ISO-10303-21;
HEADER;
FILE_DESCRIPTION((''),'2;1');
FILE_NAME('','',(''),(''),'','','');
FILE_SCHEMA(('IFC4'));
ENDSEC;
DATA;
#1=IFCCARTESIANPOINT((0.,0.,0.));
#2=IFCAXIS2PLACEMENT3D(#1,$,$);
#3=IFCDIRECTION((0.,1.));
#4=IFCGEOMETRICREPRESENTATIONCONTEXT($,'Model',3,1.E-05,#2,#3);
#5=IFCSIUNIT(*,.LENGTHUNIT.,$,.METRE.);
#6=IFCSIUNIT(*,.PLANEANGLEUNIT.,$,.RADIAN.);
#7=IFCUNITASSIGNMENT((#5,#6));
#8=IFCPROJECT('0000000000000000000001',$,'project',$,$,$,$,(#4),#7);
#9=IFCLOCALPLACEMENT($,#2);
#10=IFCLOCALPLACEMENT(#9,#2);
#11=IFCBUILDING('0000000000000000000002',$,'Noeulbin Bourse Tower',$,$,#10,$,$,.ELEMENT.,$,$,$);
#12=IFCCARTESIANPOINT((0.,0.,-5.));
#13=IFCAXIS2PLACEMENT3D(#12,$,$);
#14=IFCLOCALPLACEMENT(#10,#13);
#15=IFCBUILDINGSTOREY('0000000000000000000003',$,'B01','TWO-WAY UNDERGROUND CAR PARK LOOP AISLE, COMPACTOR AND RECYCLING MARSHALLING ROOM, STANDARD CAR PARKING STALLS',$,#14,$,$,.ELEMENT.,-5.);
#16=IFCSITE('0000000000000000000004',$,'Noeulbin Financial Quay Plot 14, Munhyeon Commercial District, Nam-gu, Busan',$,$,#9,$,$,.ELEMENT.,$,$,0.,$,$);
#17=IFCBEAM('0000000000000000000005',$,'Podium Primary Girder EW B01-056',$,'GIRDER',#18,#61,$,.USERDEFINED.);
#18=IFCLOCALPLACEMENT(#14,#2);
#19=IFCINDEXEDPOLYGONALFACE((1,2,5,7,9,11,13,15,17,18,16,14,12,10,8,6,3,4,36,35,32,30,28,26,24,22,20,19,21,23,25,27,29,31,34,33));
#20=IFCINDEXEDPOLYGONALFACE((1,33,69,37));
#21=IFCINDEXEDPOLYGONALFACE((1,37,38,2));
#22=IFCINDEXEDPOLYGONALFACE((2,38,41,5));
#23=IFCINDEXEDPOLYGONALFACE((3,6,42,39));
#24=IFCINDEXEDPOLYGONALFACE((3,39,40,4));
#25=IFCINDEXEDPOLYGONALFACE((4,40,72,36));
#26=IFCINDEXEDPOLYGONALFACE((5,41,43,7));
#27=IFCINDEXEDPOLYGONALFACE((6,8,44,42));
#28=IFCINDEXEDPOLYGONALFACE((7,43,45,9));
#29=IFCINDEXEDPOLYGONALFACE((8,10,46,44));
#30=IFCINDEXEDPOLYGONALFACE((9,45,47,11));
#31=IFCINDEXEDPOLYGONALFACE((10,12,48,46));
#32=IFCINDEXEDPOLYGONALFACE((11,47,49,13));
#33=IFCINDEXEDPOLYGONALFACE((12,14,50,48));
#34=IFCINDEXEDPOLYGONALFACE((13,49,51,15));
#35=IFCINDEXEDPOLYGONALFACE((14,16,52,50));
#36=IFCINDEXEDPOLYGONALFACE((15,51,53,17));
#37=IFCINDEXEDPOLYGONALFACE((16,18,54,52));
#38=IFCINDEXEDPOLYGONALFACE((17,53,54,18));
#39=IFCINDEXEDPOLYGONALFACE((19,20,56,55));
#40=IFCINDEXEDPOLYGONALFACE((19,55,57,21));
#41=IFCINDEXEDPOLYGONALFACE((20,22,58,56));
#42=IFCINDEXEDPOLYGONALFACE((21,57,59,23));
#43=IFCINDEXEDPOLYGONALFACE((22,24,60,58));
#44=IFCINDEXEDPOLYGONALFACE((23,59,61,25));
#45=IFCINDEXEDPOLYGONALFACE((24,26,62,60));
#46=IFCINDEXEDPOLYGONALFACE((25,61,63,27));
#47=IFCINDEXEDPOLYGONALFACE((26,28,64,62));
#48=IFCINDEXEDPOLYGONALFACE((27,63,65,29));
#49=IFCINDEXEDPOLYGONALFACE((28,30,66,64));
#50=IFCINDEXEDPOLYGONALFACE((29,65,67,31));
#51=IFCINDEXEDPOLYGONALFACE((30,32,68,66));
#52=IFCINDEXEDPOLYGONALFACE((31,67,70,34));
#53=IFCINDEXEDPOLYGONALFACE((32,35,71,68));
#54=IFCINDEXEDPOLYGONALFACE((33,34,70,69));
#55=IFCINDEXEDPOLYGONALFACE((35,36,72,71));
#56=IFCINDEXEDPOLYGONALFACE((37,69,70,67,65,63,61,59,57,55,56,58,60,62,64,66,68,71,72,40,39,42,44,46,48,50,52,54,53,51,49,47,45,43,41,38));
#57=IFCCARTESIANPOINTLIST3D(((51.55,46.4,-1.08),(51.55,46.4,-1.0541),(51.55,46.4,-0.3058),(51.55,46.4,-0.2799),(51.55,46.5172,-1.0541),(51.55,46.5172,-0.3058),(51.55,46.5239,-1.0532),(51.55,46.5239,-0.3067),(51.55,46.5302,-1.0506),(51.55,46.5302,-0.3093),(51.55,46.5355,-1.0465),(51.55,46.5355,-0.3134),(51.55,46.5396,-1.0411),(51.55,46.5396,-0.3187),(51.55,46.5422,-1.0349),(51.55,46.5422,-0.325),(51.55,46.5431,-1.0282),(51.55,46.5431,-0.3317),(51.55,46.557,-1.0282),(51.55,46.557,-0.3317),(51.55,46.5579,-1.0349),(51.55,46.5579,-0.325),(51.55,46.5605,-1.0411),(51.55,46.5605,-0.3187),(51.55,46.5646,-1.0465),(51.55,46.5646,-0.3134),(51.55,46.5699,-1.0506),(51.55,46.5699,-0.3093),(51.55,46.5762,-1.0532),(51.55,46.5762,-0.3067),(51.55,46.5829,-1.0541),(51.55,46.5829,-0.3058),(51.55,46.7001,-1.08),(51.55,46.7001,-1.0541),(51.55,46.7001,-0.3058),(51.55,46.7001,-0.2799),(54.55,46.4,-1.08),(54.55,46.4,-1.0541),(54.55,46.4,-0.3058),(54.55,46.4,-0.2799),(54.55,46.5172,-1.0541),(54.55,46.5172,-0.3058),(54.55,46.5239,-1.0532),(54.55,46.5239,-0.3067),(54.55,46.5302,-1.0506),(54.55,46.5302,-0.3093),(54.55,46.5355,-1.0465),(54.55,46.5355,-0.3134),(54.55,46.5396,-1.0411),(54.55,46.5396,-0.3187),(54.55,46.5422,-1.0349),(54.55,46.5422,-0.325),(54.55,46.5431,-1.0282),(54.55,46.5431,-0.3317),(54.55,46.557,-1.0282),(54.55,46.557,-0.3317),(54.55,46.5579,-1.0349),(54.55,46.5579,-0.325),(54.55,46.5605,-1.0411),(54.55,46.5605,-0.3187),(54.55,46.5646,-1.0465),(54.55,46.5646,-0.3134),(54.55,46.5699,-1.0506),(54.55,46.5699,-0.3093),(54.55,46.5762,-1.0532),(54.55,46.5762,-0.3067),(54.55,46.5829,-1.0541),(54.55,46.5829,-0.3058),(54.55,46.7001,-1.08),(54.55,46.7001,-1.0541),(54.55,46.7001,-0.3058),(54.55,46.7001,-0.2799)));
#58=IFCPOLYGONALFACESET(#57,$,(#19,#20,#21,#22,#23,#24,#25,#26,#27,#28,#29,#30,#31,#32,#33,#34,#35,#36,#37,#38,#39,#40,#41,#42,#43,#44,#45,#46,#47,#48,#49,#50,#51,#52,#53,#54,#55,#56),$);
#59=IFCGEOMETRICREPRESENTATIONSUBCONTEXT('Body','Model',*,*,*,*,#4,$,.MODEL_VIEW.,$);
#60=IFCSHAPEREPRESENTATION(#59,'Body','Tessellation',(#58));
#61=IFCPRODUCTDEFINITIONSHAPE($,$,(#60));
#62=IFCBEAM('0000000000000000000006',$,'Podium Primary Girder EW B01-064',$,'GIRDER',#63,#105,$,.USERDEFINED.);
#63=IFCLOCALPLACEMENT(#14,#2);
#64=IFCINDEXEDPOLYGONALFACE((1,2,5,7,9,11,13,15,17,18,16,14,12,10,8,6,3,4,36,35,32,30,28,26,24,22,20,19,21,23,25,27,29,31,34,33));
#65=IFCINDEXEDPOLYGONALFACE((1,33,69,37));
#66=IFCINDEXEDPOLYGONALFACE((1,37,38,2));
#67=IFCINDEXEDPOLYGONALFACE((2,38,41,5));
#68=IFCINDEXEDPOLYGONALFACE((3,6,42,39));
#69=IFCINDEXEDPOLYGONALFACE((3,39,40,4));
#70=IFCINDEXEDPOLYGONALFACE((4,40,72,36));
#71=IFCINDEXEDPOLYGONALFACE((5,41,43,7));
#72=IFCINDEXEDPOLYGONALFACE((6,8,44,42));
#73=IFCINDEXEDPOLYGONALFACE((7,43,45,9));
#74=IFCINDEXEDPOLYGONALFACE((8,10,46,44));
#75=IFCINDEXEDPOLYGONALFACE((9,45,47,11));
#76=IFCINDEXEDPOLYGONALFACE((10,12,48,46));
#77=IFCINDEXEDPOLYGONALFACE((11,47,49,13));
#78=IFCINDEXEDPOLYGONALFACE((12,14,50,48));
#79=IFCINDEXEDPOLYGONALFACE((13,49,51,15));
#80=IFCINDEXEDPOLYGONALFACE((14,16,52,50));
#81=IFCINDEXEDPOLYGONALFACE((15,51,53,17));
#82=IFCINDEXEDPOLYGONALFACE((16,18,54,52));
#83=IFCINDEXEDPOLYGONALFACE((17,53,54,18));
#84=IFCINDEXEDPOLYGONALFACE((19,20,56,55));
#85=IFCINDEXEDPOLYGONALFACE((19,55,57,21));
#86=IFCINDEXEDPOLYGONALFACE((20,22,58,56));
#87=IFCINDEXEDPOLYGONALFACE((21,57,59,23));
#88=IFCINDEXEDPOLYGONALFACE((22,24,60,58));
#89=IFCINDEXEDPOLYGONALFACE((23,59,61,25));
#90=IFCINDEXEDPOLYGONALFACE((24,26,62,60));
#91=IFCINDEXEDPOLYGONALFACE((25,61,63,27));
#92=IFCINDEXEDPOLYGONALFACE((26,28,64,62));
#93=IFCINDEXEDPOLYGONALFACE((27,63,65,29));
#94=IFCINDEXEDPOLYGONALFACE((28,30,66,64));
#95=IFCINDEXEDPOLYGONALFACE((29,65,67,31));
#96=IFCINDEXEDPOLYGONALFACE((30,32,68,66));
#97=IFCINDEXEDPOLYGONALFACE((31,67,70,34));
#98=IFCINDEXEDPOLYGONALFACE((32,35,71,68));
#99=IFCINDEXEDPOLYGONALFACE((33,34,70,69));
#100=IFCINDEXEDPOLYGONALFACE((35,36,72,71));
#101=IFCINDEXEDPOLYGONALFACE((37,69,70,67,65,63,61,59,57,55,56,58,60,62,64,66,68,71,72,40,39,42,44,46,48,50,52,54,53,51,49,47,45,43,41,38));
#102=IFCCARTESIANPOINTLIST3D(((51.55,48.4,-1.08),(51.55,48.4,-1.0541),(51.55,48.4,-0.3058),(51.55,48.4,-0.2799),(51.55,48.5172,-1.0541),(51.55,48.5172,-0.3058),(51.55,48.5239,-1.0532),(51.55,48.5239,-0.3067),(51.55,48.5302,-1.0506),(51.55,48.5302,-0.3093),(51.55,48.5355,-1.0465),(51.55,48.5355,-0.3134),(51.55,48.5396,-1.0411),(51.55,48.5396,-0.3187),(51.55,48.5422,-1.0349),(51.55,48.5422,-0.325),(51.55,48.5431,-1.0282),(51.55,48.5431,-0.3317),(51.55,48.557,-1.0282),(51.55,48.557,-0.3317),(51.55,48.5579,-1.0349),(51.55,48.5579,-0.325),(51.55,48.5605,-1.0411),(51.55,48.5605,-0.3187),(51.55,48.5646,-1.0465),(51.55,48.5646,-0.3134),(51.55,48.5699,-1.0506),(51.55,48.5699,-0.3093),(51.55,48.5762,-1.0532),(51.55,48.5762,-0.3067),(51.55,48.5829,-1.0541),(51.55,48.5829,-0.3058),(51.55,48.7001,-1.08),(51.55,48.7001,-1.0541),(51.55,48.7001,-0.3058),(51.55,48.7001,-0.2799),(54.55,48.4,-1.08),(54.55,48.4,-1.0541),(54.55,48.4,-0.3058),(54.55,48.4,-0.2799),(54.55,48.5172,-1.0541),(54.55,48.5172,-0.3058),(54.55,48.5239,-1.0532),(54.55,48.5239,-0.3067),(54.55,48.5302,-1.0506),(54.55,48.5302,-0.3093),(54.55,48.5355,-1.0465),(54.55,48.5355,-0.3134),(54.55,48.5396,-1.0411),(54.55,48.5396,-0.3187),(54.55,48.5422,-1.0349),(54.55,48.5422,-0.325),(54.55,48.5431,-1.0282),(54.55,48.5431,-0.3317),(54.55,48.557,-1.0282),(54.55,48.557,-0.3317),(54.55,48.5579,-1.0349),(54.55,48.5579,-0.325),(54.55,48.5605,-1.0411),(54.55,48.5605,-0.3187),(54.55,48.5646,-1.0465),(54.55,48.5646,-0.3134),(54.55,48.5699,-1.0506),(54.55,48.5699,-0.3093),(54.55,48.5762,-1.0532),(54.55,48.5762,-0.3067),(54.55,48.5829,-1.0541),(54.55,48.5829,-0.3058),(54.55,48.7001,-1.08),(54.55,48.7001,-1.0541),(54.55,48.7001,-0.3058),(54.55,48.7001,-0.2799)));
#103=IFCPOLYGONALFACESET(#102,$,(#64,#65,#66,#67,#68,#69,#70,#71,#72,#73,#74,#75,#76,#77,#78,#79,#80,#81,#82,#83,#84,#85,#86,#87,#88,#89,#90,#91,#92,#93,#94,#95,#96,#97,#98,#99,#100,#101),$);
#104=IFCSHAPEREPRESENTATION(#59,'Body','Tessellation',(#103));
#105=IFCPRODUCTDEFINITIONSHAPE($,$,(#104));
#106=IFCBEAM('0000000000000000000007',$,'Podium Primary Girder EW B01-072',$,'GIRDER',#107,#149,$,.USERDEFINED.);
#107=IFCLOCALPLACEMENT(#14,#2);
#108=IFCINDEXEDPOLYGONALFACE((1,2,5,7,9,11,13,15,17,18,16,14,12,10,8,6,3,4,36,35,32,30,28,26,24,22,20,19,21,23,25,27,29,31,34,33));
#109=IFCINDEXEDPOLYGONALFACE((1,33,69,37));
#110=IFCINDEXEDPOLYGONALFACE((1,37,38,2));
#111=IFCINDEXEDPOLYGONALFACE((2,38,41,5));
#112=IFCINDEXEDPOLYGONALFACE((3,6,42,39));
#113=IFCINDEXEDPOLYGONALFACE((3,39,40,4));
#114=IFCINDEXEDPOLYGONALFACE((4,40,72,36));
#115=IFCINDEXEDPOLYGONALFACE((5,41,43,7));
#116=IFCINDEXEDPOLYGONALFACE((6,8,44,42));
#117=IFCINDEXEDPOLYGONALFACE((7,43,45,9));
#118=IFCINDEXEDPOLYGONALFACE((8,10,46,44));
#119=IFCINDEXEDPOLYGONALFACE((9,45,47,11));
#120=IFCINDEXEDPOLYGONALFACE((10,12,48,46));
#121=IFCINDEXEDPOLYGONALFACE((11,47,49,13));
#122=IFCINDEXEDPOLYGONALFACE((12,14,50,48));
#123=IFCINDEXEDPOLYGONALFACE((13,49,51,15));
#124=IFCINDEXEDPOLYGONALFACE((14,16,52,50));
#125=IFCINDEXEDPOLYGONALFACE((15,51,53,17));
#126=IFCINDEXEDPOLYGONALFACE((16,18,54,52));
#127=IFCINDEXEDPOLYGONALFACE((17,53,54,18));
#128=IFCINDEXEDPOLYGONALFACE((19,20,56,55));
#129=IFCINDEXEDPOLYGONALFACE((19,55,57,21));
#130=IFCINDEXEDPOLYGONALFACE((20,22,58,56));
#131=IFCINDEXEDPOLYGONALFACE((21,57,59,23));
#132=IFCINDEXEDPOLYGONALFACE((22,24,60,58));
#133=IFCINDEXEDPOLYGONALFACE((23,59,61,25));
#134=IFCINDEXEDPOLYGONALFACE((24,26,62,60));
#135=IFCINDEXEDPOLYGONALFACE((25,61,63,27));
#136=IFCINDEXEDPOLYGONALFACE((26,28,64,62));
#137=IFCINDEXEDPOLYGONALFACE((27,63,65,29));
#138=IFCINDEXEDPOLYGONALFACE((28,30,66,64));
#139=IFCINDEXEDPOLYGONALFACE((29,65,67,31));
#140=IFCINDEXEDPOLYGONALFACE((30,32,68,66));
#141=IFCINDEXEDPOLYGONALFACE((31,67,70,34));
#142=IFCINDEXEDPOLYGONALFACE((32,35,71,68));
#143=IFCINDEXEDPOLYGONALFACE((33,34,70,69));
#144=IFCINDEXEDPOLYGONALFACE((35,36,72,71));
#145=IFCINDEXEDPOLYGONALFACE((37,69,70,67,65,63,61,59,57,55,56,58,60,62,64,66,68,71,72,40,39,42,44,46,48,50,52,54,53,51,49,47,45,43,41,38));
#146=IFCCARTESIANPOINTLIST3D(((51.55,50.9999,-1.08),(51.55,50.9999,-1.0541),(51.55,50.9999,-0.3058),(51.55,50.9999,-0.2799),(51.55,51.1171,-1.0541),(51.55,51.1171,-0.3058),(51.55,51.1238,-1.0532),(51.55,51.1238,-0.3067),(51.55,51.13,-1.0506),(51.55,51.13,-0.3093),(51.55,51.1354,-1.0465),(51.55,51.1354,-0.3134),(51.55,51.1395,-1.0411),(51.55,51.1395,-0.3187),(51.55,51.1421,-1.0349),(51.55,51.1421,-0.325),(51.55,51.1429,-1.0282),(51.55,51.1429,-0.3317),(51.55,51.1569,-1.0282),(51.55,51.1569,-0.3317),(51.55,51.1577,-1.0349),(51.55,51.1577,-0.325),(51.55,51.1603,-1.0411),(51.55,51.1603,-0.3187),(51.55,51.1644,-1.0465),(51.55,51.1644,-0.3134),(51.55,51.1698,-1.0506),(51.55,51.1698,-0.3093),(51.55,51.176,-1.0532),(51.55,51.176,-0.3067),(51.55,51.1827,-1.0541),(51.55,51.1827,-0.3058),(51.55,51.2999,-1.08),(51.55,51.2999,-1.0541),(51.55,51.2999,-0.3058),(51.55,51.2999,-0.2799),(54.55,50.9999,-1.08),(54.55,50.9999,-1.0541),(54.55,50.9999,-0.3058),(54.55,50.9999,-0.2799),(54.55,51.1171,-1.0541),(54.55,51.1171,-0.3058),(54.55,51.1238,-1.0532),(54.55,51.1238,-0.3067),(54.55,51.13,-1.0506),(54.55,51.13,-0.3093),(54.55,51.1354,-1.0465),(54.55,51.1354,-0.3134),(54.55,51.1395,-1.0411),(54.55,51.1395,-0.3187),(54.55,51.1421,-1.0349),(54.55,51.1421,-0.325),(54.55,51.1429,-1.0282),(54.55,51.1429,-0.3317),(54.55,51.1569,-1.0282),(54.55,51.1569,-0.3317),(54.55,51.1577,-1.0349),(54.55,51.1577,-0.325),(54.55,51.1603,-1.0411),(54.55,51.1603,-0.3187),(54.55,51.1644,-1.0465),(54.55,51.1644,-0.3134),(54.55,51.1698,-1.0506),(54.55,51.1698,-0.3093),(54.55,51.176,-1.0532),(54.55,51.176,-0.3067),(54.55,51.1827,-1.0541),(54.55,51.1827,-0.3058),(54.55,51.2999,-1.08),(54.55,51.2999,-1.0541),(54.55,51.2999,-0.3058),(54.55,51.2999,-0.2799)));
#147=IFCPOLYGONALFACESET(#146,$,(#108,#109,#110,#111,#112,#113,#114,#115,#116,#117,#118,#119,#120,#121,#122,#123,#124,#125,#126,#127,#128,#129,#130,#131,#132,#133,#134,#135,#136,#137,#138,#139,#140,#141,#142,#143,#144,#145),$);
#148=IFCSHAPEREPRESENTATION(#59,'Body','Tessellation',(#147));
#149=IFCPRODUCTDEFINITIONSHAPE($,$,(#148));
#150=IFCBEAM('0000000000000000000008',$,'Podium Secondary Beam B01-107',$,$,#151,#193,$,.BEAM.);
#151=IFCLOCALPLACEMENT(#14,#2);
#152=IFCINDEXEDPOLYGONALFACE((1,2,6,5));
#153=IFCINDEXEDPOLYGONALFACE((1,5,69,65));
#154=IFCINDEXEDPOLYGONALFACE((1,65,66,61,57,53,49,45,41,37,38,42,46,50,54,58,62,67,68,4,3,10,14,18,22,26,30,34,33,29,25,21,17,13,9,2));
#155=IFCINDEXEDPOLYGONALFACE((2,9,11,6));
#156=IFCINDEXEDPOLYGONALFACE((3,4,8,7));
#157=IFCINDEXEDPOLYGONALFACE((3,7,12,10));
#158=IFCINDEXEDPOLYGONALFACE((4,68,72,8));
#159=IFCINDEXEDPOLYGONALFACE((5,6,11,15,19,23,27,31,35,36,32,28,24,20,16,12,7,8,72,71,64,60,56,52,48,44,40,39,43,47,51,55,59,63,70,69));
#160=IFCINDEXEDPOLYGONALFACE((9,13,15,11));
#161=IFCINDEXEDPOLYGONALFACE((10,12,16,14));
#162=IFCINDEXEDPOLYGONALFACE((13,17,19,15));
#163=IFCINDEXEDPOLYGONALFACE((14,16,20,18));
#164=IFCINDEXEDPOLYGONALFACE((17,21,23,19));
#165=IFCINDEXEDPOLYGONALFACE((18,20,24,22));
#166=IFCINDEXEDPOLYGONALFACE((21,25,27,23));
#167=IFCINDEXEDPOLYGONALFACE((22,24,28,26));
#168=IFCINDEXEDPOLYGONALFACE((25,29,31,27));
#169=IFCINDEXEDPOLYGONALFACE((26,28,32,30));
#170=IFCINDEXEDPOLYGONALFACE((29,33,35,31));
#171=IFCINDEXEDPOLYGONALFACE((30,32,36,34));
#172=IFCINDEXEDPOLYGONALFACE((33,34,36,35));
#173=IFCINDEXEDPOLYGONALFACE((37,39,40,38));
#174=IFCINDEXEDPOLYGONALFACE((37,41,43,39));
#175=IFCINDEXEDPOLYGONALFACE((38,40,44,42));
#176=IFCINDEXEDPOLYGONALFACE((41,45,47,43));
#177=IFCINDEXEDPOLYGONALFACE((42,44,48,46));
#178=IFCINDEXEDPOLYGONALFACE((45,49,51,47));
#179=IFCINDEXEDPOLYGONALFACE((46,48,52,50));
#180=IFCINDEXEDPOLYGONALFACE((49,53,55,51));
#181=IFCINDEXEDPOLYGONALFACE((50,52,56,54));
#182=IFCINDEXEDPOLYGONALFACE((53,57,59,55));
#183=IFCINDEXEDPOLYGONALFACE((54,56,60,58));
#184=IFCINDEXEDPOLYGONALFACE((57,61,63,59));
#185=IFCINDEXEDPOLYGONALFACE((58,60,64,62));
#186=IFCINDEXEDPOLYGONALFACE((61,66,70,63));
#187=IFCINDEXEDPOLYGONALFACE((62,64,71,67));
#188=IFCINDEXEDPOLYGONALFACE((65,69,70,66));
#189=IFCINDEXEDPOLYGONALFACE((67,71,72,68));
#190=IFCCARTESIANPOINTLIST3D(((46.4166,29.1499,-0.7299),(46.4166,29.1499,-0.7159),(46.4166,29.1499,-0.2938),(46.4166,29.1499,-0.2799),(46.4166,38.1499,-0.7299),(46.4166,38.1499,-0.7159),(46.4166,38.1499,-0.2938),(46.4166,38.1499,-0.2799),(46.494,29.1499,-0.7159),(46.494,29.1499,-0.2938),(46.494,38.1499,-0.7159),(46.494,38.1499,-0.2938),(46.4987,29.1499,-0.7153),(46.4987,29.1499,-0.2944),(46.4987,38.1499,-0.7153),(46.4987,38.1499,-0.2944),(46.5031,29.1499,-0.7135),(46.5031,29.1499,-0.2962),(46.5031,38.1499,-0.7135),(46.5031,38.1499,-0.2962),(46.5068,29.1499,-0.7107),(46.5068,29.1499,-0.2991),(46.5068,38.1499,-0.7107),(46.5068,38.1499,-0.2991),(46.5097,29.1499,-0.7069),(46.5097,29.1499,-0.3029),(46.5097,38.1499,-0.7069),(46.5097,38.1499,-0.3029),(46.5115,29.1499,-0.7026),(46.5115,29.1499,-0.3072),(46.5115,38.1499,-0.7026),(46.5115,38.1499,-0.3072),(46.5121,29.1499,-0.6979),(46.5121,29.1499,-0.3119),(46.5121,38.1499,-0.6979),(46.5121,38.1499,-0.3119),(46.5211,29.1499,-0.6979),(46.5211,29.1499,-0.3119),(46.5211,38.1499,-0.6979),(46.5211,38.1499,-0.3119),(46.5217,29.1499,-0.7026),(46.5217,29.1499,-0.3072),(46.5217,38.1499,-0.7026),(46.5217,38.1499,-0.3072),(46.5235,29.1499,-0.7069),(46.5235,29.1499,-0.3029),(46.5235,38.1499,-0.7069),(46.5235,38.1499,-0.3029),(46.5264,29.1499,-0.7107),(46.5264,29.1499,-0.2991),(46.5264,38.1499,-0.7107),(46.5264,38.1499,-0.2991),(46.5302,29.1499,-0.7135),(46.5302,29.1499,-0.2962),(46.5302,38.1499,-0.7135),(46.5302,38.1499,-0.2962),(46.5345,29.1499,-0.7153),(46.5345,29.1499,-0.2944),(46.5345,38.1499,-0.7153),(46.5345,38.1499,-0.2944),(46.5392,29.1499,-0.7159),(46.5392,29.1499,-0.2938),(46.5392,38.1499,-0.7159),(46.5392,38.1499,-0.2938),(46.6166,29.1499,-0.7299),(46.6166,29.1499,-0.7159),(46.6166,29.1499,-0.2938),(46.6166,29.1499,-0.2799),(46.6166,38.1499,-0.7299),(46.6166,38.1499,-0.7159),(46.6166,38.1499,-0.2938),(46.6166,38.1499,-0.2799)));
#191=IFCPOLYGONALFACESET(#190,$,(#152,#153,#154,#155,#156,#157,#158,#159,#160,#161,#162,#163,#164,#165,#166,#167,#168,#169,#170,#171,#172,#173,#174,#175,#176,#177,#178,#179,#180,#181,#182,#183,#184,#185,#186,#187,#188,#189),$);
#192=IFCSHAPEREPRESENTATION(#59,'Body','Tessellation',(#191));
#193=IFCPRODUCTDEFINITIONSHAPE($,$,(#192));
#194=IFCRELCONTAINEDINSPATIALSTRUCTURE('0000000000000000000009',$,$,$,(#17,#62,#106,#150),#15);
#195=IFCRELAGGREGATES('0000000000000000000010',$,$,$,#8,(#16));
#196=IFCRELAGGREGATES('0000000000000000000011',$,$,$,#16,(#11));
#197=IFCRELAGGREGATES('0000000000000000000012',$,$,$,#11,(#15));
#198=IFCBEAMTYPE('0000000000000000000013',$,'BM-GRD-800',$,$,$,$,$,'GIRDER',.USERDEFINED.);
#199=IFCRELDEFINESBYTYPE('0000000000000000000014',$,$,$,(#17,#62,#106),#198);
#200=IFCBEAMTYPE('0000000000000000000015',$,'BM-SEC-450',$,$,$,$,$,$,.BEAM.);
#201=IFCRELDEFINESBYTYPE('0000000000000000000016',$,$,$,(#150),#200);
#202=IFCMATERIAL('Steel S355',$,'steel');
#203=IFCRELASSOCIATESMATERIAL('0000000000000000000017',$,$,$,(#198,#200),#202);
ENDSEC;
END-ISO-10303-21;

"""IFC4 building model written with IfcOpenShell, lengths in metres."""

from ifc_helpers import new_model, si_unit, direction, frame, origin, origin_2d, place, context, subcontext, project, spatial, i_section, extrude, material, material_profile, profile_set, type_object, element, save


model = new_model("IFC4")

# Units and contexts
model_context = context("Model", 3, precision=1e-05, world=origin(), true_north=direction((0.0, 1.0)))
body_context = subcontext(model_context, "Body", "Model", "MODEL_VIEW")
ifc_project = project(units=[si_unit("LENGTHUNIT", "METRE"), si_unit("PLANEANGLEUNIT", "RADIAN")], contexts=[model_context])

# Site, building, storey
site_placement = place(None, origin())
site = spatial("IfcSite", under=ifc_project, at=site_placement, Name="Noeulbin Financial Quay Plot 14, Munhyeon Commercial District, Nam-gu, Busan", CompositionType="ELEMENT", RefElevation=0.0)
building_placement = place(site_placement, origin())
building = spatial("IfcBuilding", under=site, at=building_placement, Name="Noeulbin Bourse Tower", CompositionType="ELEMENT")
storey_placement = place(building_placement, frame((0.0, 0.0, -5.0)))
storey = spatial("IfcBuildingStorey", under=building, at=storey_placement, Name="B01", Description="TWO-WAY UNDERGROUND CAR PARK LOOP AISLE, COMPACTOR AND RECYCLING MARSHALLING ROOM, STANDARD CAR PARKING STALLS", CompositionType="ELEMENT", Elevation=-5.0)

# Beams
ifc_material_1 = material(Name="Steel S355", Category="steel")
ifc_material_profile_1 = material_profile(ifc_material_1, i_section(OverallWidth=0.3, OverallDepth=0.8, WebThickness=0.0139, FlangeThickness=0.0259, FilletRadius=0.0259, at=origin_2d()), Name="H-800x300x14x26", Category="LoadBearing")
ifc_profile_set_1 = profile_set([ifc_material_profile_1], Name="Steel S355")
beam_type_1 = type_object("IfcBeamType", Name="BM-GRD-800", ElementType="GIRDER", PredefinedType="USERDEFINED", material=ifc_profile_set_1)
for number, where, z_axis, x_axis, name in (
    (1, (51.55, 46.55, -0.6799), (1.0, 0.0, 0.0), (0.0, 1.0, 0.0), "Podium Primary Girder EW B01-056"),
    (2, (51.55, 48.55, -0.6799), (1.0, 0.0, 0.0), (0.0, 1.0, 0.0), "Podium Primary Girder EW B01-064"),
    (3, (51.55, 51.1499, -0.6799), (1.0, 0.0, 0.0), (0.0, 1.0, 0.0), "Podium Primary Girder EW B01-072"),
):
    element("IfcBeam", number, at=place(storey_placement, frame(where, z_axis=z_axis, x_axis=x_axis)), inside=storey, type_object=beam_type_1, Name=name, ObjectType="GIRDER", PredefinedType="USERDEFINED", context=body_context, shape_type="SweptSolid", body=[
        extrude(i_section(OverallWidth=0.3, OverallDepth=0.8, WebThickness=0.0139, FlangeThickness=0.0259, FilletRadius=0.0259, at=origin_2d()), origin(), (0.0, 0.0, 1.0), 3.0),
    ])
ifc_material_profile_2 = material_profile(ifc_material_1, i_section(OverallWidth=0.2, OverallDepth=0.45, WebThickness=0.009, FlangeThickness=0.0139, FilletRadius=0.0181, at=origin_2d()), Name="H-450x200x9x14", Category="LoadBearing")
ifc_profile_set_2 = profile_set([ifc_material_profile_2], Name="Steel S355")
beam_type_2 = type_object("IfcBeamType", Name="BM-SEC-450", PredefinedType="BEAM", material=ifc_profile_set_2)
beam_1_placement = place(storey_placement, frame((46.5166, 29.1499, -0.5049), z_axis=(0.0, 1.0, 0.0), x_axis=(-1.0, 0.0, 0.0)))
element("IfcBeam", 4, at=beam_1_placement, inside=storey, type_object=beam_type_2, Name="Podium Secondary Beam B01-107", PredefinedType="BEAM", context=body_context, shape_type="SweptSolid", body=[
    extrude(i_section(OverallWidth=0.2, OverallDepth=0.45, WebThickness=0.009, FlangeThickness=0.0139, FilletRadius=0.0181, at=origin_2d()), origin(), (0.0, 0.0, 1.0), 9.0),
])

save(model, "model.ifc")
